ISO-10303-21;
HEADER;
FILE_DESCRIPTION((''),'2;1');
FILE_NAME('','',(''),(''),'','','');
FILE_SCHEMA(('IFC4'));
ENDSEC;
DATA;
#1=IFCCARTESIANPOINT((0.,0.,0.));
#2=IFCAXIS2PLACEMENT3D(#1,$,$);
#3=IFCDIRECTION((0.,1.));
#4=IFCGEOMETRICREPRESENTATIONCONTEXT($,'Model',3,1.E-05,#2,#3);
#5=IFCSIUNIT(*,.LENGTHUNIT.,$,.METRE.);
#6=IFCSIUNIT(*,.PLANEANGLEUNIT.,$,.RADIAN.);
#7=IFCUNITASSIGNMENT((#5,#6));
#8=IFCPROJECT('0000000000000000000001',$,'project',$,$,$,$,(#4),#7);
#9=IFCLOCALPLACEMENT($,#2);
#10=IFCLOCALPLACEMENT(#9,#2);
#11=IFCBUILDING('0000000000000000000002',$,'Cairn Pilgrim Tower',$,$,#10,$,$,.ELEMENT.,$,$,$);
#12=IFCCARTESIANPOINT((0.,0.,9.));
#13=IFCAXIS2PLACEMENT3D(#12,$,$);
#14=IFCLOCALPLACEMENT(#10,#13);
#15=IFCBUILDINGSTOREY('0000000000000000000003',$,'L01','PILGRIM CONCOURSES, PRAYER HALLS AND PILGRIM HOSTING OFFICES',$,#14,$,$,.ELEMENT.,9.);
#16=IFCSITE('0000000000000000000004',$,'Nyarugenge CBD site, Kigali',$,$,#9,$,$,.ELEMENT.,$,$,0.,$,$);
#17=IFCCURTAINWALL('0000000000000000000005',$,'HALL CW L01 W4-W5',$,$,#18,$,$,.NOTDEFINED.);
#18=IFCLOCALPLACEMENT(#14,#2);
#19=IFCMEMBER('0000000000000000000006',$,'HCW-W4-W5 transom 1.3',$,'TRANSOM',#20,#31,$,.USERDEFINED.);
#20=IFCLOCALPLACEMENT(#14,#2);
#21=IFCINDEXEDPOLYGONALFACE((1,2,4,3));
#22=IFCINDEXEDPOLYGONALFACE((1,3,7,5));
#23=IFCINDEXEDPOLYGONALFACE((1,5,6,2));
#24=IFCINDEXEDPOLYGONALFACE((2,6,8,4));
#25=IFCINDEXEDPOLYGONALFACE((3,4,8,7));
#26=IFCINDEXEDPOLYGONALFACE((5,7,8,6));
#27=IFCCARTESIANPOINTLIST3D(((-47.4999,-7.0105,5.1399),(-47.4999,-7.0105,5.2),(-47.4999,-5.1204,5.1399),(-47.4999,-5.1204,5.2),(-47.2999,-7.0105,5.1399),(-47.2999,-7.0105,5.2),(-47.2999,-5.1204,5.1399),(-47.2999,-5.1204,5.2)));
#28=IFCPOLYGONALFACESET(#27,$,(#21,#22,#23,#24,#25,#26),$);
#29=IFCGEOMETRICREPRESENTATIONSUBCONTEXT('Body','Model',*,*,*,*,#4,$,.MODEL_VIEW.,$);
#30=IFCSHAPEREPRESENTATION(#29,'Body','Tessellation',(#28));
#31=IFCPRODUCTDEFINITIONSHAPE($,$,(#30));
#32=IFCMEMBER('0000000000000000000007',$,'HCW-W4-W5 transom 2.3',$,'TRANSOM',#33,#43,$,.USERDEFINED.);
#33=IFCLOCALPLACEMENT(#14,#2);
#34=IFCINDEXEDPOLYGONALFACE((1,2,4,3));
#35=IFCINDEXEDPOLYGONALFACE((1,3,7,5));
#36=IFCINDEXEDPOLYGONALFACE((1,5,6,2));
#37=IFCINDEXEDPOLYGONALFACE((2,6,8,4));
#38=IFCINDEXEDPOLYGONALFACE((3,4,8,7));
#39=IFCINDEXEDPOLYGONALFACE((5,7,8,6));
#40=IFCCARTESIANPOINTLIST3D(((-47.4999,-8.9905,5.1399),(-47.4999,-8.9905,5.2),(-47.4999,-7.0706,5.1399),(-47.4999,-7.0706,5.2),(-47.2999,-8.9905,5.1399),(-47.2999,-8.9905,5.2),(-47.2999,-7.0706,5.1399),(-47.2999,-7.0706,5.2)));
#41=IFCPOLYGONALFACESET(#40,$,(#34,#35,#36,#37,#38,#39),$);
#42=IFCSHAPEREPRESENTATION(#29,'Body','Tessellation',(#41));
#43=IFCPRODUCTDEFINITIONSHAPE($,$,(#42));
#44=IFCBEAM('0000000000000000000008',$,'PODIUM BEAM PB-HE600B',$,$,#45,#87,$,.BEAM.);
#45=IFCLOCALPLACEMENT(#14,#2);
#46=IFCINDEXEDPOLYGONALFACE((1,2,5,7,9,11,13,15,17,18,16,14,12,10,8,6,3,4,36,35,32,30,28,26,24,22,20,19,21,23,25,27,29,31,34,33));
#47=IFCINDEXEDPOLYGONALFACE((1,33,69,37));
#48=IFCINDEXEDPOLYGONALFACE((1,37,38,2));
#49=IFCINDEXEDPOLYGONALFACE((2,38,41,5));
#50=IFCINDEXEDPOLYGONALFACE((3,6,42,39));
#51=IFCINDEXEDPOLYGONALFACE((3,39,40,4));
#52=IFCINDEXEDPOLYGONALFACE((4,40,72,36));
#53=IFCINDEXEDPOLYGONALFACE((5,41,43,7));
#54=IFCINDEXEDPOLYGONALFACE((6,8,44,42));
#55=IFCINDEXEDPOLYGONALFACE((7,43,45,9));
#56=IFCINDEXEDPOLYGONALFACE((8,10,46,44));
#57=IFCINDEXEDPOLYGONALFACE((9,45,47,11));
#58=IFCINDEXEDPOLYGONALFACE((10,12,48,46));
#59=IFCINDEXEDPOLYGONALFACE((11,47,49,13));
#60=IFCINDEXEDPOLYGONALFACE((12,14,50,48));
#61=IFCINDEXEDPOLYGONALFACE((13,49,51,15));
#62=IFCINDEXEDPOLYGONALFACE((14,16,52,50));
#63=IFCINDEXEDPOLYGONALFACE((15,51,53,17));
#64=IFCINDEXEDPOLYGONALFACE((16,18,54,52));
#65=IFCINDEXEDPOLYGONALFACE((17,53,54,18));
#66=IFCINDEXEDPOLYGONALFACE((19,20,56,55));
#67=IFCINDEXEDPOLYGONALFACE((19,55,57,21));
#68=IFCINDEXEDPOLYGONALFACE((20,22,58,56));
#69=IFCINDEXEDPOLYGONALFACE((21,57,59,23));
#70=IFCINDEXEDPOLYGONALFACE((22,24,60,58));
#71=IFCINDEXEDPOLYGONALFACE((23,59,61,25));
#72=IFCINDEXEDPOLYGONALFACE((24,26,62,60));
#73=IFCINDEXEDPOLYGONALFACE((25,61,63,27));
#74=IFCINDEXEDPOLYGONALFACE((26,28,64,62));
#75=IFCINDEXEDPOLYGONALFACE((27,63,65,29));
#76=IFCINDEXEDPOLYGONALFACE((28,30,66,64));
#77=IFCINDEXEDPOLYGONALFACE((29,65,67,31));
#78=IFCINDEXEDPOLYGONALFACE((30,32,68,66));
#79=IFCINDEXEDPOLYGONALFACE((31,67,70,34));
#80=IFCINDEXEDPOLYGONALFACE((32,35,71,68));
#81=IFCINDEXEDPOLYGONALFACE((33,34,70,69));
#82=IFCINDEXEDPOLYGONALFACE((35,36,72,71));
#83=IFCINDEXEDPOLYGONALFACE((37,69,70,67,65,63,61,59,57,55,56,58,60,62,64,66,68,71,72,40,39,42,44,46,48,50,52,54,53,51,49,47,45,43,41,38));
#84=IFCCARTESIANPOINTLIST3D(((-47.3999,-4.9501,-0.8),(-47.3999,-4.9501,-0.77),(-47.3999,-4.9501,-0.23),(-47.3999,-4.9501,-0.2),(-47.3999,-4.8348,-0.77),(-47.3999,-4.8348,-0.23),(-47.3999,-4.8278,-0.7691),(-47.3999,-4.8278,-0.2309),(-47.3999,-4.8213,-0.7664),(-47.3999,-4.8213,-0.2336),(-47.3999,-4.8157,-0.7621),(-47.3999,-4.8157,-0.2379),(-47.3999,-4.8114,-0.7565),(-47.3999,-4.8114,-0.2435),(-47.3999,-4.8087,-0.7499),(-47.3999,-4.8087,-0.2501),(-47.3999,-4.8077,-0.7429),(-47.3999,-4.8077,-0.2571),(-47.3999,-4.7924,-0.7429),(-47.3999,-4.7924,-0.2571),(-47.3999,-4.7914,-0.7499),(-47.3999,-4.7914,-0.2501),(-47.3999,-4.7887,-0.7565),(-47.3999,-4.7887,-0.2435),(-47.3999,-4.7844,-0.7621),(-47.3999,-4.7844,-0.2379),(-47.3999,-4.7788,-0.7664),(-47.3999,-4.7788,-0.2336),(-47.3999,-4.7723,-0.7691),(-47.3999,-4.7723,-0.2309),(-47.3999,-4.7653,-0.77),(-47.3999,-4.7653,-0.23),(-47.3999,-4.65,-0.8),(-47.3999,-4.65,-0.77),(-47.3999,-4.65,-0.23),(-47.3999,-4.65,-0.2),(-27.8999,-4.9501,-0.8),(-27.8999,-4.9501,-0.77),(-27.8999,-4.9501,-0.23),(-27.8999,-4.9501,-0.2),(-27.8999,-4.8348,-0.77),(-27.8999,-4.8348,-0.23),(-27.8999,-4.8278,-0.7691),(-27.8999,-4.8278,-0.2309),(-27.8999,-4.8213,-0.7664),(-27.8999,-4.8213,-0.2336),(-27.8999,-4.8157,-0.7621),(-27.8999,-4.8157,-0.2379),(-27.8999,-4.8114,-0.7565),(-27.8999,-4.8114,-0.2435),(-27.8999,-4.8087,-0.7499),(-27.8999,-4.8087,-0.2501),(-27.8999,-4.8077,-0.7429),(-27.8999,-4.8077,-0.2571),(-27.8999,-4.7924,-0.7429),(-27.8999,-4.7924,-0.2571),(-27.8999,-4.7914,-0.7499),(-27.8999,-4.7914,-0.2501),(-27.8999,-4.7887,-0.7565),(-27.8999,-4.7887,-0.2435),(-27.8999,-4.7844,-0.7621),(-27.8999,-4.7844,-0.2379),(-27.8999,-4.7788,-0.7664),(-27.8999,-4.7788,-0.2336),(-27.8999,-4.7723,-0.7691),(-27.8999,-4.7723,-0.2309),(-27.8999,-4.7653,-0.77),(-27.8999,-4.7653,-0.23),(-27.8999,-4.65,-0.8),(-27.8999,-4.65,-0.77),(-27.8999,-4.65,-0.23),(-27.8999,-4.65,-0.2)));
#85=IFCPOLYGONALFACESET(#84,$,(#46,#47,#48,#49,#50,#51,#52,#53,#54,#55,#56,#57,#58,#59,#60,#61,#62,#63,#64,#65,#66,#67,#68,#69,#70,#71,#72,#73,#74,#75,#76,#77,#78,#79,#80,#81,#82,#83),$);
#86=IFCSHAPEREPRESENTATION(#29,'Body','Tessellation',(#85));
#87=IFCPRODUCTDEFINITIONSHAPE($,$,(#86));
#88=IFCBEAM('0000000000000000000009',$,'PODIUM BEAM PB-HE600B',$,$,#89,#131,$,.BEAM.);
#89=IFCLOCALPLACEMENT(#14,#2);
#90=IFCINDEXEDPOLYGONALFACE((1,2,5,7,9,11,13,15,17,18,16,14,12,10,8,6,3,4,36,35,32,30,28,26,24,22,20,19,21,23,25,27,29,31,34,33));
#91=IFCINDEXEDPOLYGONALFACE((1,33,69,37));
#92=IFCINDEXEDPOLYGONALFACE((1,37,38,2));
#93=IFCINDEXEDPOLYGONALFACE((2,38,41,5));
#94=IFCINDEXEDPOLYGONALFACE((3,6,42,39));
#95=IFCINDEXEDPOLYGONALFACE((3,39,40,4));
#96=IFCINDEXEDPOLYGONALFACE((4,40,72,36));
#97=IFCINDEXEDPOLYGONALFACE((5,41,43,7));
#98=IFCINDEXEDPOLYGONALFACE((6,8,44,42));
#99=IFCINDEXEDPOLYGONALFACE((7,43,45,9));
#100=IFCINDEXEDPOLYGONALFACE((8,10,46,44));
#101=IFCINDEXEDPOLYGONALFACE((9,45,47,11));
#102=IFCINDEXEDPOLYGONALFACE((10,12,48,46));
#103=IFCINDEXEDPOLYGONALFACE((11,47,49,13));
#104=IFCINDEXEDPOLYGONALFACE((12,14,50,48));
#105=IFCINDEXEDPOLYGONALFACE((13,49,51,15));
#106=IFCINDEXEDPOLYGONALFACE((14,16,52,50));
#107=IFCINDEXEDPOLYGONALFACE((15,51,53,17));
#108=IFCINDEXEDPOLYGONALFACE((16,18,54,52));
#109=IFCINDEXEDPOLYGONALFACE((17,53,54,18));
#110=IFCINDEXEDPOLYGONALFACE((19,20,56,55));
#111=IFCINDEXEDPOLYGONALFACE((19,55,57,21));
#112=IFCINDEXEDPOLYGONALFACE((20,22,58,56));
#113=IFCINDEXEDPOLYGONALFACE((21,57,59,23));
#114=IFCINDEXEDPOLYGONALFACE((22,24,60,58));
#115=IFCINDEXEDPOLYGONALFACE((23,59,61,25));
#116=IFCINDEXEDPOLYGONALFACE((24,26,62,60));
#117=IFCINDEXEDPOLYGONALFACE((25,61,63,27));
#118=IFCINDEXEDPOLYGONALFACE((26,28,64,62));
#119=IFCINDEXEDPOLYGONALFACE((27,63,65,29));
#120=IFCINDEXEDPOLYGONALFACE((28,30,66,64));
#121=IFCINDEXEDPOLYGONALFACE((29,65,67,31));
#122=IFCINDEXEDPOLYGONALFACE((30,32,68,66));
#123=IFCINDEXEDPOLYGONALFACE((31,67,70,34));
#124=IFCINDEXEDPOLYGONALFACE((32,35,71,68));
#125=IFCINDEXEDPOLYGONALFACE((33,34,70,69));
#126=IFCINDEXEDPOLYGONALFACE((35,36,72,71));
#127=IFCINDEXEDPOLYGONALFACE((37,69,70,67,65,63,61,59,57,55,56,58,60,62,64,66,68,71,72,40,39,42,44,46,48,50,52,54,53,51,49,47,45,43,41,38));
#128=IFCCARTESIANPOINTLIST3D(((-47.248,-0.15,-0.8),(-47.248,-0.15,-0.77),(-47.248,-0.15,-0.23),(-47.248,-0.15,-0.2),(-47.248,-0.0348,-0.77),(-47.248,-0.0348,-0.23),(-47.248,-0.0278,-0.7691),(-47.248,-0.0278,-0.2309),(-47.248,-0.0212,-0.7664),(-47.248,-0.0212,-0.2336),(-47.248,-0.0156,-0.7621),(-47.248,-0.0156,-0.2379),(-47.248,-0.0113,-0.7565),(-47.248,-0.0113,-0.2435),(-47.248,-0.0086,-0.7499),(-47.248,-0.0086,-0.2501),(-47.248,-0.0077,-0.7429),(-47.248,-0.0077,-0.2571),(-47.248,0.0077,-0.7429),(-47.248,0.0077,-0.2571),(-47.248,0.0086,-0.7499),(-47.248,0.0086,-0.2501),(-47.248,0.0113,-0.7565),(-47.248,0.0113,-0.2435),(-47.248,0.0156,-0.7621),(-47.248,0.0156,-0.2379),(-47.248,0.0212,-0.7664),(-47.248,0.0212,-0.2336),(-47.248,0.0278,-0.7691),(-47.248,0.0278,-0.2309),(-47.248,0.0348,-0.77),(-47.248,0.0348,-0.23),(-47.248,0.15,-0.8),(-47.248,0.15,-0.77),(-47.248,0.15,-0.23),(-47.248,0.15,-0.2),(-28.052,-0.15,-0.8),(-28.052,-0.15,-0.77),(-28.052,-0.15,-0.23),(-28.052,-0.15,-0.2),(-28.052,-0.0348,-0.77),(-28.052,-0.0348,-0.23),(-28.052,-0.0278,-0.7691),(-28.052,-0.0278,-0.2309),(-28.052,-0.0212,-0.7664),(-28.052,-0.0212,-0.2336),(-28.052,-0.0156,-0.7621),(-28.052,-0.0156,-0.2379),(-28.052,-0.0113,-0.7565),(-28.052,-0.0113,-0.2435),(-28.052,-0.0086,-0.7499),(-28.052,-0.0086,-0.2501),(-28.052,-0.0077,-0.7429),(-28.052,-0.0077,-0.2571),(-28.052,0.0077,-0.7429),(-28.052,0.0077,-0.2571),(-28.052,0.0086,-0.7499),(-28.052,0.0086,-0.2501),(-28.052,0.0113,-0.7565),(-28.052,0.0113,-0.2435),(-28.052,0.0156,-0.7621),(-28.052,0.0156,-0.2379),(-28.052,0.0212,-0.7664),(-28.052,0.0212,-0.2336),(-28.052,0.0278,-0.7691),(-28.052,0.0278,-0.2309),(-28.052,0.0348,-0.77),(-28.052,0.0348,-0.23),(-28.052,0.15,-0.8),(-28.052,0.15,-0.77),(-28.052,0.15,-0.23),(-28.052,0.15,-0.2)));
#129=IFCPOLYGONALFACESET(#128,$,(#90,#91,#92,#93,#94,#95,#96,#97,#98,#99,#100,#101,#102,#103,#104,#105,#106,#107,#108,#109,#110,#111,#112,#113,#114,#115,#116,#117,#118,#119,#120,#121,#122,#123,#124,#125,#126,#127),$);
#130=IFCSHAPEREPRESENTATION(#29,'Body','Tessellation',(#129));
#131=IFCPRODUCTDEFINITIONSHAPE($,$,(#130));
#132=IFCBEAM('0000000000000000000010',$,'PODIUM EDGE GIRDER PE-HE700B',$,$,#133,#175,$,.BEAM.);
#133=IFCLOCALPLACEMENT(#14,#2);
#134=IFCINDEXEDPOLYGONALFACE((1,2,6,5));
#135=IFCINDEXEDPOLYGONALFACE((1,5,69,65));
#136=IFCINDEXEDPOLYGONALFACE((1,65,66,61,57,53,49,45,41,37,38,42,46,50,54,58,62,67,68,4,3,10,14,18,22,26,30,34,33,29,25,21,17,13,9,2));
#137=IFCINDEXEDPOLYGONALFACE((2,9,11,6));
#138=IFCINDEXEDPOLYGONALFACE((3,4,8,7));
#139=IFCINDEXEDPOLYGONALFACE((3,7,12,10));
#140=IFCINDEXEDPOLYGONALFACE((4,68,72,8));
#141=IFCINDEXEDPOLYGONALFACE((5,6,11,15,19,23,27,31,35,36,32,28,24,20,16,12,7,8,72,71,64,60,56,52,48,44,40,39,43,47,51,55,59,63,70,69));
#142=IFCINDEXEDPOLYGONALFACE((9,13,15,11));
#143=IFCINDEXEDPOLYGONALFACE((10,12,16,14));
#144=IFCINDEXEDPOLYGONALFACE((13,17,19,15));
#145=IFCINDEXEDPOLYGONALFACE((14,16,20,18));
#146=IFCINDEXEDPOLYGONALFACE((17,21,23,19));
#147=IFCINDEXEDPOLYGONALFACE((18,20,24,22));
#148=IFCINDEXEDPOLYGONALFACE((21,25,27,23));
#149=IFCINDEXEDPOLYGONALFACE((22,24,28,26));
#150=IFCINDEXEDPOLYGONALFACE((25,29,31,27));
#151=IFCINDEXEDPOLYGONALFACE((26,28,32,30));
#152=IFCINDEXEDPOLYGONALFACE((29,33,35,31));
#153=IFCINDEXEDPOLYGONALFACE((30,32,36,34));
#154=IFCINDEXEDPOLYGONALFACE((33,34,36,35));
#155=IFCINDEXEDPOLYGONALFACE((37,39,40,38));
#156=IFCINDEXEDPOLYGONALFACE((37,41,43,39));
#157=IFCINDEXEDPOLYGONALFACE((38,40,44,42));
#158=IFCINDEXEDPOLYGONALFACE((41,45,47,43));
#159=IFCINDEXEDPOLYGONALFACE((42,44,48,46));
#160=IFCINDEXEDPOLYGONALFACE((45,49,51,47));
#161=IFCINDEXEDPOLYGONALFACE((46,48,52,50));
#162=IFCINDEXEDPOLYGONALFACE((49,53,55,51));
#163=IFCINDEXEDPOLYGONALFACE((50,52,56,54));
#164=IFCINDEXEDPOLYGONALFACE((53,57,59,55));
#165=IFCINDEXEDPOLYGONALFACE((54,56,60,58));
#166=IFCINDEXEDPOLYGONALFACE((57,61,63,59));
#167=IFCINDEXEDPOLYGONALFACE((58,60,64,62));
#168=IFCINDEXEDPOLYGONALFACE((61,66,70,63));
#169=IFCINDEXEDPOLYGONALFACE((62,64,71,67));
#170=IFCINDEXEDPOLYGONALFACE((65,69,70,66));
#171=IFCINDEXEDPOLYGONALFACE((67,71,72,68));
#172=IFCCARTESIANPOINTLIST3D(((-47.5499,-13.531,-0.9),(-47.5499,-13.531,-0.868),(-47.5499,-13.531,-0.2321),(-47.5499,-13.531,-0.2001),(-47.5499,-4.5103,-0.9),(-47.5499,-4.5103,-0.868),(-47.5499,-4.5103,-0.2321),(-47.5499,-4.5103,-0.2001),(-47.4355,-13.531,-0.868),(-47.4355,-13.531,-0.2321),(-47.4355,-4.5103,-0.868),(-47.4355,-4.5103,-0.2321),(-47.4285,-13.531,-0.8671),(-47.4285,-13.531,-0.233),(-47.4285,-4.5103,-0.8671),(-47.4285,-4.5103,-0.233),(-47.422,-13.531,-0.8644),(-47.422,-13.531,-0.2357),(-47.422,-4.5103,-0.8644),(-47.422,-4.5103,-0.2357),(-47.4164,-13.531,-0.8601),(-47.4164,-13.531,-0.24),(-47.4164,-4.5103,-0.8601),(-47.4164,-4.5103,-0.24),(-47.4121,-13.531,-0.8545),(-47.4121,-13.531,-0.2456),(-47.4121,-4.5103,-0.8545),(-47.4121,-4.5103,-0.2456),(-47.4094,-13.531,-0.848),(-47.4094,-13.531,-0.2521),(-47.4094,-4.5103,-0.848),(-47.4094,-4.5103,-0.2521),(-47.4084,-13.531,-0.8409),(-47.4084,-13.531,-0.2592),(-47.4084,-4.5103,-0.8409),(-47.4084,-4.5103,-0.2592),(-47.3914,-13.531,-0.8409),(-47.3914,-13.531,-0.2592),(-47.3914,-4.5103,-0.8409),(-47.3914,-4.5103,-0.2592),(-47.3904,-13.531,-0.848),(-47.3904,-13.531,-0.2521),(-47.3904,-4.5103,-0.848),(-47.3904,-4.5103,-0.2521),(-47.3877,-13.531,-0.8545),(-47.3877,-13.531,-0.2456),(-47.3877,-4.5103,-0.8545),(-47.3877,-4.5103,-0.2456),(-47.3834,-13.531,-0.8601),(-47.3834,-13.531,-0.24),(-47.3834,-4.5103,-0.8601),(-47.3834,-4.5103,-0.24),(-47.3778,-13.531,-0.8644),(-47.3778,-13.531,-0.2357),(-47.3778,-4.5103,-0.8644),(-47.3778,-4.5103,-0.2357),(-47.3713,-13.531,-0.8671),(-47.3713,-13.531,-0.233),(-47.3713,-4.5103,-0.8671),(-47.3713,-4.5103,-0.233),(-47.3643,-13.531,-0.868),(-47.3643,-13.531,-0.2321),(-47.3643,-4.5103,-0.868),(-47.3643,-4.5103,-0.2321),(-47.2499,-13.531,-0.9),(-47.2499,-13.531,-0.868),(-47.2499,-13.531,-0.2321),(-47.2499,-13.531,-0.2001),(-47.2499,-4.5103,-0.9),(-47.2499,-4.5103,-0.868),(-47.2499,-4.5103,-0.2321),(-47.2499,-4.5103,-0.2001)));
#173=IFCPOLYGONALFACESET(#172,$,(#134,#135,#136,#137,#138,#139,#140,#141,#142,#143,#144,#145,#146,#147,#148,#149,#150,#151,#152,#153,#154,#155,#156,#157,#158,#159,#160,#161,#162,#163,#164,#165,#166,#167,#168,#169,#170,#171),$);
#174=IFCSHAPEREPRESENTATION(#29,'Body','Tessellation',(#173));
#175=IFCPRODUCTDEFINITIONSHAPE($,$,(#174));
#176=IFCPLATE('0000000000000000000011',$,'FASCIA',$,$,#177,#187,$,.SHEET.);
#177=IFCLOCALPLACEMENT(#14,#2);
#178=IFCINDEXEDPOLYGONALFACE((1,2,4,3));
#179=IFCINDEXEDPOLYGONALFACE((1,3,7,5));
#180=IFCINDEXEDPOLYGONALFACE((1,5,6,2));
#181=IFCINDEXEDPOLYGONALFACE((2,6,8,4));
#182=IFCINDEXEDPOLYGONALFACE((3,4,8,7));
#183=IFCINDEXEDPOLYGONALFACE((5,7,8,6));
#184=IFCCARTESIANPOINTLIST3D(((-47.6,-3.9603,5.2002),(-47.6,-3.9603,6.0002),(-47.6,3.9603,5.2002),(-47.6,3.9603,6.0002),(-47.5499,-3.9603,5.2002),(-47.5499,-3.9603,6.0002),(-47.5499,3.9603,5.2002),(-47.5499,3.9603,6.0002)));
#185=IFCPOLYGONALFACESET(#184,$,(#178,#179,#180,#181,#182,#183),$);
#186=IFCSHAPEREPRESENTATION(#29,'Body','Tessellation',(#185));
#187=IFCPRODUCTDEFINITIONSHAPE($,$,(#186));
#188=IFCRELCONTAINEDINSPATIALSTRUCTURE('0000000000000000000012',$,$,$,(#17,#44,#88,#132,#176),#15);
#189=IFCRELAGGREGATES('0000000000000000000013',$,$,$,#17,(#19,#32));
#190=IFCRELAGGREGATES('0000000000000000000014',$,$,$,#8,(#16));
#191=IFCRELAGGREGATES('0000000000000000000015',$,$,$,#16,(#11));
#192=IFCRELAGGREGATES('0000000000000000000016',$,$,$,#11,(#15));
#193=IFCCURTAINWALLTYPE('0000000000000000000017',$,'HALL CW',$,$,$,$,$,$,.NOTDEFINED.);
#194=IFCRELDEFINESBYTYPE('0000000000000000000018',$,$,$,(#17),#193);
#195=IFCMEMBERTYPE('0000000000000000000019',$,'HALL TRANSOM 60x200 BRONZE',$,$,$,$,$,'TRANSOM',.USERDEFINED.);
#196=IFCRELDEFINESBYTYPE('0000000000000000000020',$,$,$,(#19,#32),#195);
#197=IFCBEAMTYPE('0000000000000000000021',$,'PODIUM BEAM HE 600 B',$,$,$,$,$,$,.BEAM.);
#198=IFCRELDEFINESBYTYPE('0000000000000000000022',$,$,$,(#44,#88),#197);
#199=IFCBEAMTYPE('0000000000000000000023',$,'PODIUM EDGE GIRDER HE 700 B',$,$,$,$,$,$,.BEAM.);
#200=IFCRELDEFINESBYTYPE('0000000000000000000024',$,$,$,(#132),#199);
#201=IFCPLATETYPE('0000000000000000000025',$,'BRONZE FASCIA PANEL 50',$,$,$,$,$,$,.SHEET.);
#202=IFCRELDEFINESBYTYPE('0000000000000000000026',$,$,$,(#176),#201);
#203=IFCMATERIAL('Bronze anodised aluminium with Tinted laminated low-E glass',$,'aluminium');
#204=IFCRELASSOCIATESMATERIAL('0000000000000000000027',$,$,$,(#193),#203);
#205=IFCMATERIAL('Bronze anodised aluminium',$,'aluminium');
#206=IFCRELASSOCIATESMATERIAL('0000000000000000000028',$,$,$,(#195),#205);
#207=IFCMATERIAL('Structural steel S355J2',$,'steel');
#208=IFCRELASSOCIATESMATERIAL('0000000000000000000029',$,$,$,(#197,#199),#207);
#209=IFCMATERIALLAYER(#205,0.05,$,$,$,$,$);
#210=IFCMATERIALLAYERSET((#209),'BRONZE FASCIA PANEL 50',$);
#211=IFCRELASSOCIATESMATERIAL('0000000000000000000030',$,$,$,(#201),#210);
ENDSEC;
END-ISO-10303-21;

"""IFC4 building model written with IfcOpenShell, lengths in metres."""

from ifc_helpers import new_model, si_unit, direction, frame, origin, origin_2d, place, context, subcontext, project, spatial, rectangle, i_section, extrude, material, layer, layer_set, material_profile, profile_set, type_object, element, aggregate, save


model = new_model("IFC4")

# Units and contexts
model_context = context("Model", 3, precision=1e-05, world=origin(), true_north=direction((0.0, 1.0)))
body_context = subcontext(model_context, "Body", "Model", "MODEL_VIEW")
ifc_project = project(units=[si_unit("LENGTHUNIT", "METRE"), si_unit("PLANEANGLEUNIT", "RADIAN")], contexts=[model_context])

# Site, building, storey
site_placement = place(None, origin())
site = spatial("IfcSite", under=ifc_project, at=site_placement, Name="Nyarugenge CBD site, Kigali", CompositionType="ELEMENT", RefElevation=0.0)
building_placement = place(site_placement, origin())
building = spatial("IfcBuilding", under=site, at=building_placement, Name="Cairn Pilgrim Tower", CompositionType="ELEMENT")
storey_placement = place(building_placement, frame((0.0, 0.0, 9.0)))
storey = spatial("IfcBuildingStorey", under=building, at=storey_placement, Name="L01", Description="PILGRIM CONCOURSES, PRAYER HALLS AND PILGRIM HOSTING OFFICES", CompositionType="ELEMENT", Elevation=9.0)

# Curtain wall
ifc_material_1 = material(Name="Bronze anodised aluminium with Tinted laminated low-E glass", Category="aluminium")
curtain_wall_type = type_object("IfcCurtainWallType", Name="HALL CW", PredefinedType="NOTDEFINED", material=ifc_material_1)
ifc_material_2 = material(Name="Bronze anodised aluminium", Category="aluminium")
curtain_wall_1_placement = place(storey_placement, origin())
curtain_wall_1 = element("IfcCurtainWall", 1, at=curtain_wall_1_placement, inside=storey, type_object=curtain_wall_type, Name="HALL CW L01 W4-W5", PredefinedType="NOTDEFINED")

# Members
ifc_material_profile_1 = material_profile(ifc_material_2, rectangle(XDim=0.2, YDim=0.0601, at=origin_2d()), Name="HALL TRANSOM 60x200 BRONZE")
ifc_profile_set_1 = profile_set([ifc_material_profile_1], Name="Bronze anodised aluminium")
member_type_1 = type_object("IfcMemberType", Name="HALL TRANSOM 60x200 BRONZE", ElementType="TRANSOM", PredefinedType="USERDEFINED", material=ifc_profile_set_1)
member_1_placement = place(storey_placement, frame((-47.3999, -5.1204, 5.1699), z_axis=(0.0, -1.0, 0.0), x_axis=(1.0, 0.0, 0.0)))
member_1 = element("IfcMember", 2, at=member_1_placement, type_object=member_type_1, Name="HCW-W4-W5 transom 1.3", ObjectType="TRANSOM", PredefinedType="USERDEFINED", context=body_context, shape_type="SweptSolid", body=[
    extrude(rectangle(XDim=0.2, YDim=0.0601, at=origin_2d()), origin(), (0.0, 0.0, 1.0), 1.8901),
])
member_2_placement = place(storey_placement, frame((-47.3999, -7.0706, 5.1699), z_axis=(0.0, -1.0, 0.0), x_axis=(1.0, 0.0, 0.0)))
member_2 = element("IfcMember", 3, at=member_2_placement, type_object=member_type_1, Name="HCW-W4-W5 transom 2.3", ObjectType="TRANSOM", PredefinedType="USERDEFINED", context=body_context, shape_type="SweptSolid", body=[
    extrude(rectangle(XDim=0.2, YDim=0.0601, at=origin_2d()), origin(), (0.0, 0.0, 1.0), 1.9199),
])

# Beams
ifc_material_3 = material(Name="Structural steel S355J2", Category="steel")
ifc_material_profile_2 = material_profile(ifc_material_3, i_section(OverallWidth=0.3, OverallDepth=0.6001, WebThickness=0.0154, FlangeThickness=0.03, FilletRadius=0.0271, at=origin_2d()), Name="HEB 600")
ifc_profile_set_2 = profile_set([ifc_material_profile_2], Name="Structural steel S355J2")
beam_type_1 = type_object("IfcBeamType", Name="PODIUM BEAM HE 600 B", PredefinedType="BEAM", material=ifc_profile_set_2)
beam_1_placement = place(storey_placement, frame((-47.3999, -4.8, -0.5), z_axis=(1.0, 0.0, 0.0), x_axis=(0.0, 1.0, 0.0)))
element("IfcBeam", 4, at=beam_1_placement, inside=storey, type_object=beam_type_1, Name="PODIUM BEAM PB-HE600B", PredefinedType="BEAM", context=body_context, shape_type="SweptSolid", body=[
    extrude(i_section(OverallWidth=0.3, OverallDepth=0.6001, WebThickness=0.0154, FlangeThickness=0.03, FilletRadius=0.0271, at=origin_2d()), origin(), (0.0, 0.0, 1.0), 19.5),
])
beam_2_placement = place(storey_placement, frame((-47.248, 0.0, -0.5), z_axis=(1.0, 0.0, 0.0), x_axis=(0.0, 1.0, 0.0)))
element("IfcBeam", 5, at=beam_2_placement, inside=storey, type_object=beam_type_1, Name="PODIUM BEAM PB-HE600B", PredefinedType="BEAM", context=body_context, shape_type="SweptSolid", body=[
    extrude(i_section(OverallWidth=0.3, OverallDepth=0.6001, WebThickness=0.0154, FlangeThickness=0.03, FilletRadius=0.0271, at=origin_2d()), origin(), (0.0, 0.0, 1.0), 19.196),
])
ifc_material_profile_3 = material_profile(ifc_material_3, i_section(OverallWidth=0.3, OverallDepth=0.7, WebThickness=0.0171, FlangeThickness=0.032, FilletRadius=0.0271, at=origin_2d()), Name="HEB 700")
ifc_profile_set_3 = profile_set([ifc_material_profile_3], Name="Structural steel S355J2")
beam_type_2 = type_object("IfcBeamType", Name="PODIUM EDGE GIRDER HE 700 B", PredefinedType="BEAM", material=ifc_profile_set_3)
beam_3_placement = place(storey_placement, frame((-47.3999, -4.5103, -0.55), z_axis=(0.0, -1.0, 0.0), x_axis=(1.0, 0.0, 0.0)))
element("IfcBeam", 6, at=beam_3_placement, inside=storey, type_object=beam_type_2, Name="PODIUM EDGE GIRDER PE-HE700B", PredefinedType="BEAM", context=body_context, shape_type="SweptSolid", body=[
    extrude(i_section(OverallWidth=0.3, OverallDepth=0.7, WebThickness=0.0171, FlangeThickness=0.032, FilletRadius=0.0271, at=origin_2d()), origin(), (0.0, 0.0, 1.0), 9.0208),
])

# Plate
ifc_layer_1 = layer(ifc_material_2, 0.05)
ifc_layer_set_1 = layer_set([ifc_layer_1], Name="BRONZE FASCIA PANEL 50")
plate_type_1 = type_object("IfcPlateType", Name="BRONZE FASCIA PANEL 50", PredefinedType="SHEET", material=ifc_layer_set_1)
plate_1_placement = place(storey_placement, frame((-47.575, 0.0, 5.2002), z_axis=(0.0, 0.0, 1.0), x_axis=(0.0, -1.0, 0.0)))
element("IfcPlate", 7, at=plate_1_placement, inside=storey, type_object=plate_type_1, Name="FASCIA", PredefinedType="SHEET", context=body_context, shape_type="SweptSolid", body=[
    extrude(rectangle(XDim=7.9207, YDim=0.05, at=origin_2d()), origin(), (0.0, 0.0, 1.0), 0.8),
])
aggregate(curtain_wall_1, [member_1, member_2])

save(model, "model.ifc")
